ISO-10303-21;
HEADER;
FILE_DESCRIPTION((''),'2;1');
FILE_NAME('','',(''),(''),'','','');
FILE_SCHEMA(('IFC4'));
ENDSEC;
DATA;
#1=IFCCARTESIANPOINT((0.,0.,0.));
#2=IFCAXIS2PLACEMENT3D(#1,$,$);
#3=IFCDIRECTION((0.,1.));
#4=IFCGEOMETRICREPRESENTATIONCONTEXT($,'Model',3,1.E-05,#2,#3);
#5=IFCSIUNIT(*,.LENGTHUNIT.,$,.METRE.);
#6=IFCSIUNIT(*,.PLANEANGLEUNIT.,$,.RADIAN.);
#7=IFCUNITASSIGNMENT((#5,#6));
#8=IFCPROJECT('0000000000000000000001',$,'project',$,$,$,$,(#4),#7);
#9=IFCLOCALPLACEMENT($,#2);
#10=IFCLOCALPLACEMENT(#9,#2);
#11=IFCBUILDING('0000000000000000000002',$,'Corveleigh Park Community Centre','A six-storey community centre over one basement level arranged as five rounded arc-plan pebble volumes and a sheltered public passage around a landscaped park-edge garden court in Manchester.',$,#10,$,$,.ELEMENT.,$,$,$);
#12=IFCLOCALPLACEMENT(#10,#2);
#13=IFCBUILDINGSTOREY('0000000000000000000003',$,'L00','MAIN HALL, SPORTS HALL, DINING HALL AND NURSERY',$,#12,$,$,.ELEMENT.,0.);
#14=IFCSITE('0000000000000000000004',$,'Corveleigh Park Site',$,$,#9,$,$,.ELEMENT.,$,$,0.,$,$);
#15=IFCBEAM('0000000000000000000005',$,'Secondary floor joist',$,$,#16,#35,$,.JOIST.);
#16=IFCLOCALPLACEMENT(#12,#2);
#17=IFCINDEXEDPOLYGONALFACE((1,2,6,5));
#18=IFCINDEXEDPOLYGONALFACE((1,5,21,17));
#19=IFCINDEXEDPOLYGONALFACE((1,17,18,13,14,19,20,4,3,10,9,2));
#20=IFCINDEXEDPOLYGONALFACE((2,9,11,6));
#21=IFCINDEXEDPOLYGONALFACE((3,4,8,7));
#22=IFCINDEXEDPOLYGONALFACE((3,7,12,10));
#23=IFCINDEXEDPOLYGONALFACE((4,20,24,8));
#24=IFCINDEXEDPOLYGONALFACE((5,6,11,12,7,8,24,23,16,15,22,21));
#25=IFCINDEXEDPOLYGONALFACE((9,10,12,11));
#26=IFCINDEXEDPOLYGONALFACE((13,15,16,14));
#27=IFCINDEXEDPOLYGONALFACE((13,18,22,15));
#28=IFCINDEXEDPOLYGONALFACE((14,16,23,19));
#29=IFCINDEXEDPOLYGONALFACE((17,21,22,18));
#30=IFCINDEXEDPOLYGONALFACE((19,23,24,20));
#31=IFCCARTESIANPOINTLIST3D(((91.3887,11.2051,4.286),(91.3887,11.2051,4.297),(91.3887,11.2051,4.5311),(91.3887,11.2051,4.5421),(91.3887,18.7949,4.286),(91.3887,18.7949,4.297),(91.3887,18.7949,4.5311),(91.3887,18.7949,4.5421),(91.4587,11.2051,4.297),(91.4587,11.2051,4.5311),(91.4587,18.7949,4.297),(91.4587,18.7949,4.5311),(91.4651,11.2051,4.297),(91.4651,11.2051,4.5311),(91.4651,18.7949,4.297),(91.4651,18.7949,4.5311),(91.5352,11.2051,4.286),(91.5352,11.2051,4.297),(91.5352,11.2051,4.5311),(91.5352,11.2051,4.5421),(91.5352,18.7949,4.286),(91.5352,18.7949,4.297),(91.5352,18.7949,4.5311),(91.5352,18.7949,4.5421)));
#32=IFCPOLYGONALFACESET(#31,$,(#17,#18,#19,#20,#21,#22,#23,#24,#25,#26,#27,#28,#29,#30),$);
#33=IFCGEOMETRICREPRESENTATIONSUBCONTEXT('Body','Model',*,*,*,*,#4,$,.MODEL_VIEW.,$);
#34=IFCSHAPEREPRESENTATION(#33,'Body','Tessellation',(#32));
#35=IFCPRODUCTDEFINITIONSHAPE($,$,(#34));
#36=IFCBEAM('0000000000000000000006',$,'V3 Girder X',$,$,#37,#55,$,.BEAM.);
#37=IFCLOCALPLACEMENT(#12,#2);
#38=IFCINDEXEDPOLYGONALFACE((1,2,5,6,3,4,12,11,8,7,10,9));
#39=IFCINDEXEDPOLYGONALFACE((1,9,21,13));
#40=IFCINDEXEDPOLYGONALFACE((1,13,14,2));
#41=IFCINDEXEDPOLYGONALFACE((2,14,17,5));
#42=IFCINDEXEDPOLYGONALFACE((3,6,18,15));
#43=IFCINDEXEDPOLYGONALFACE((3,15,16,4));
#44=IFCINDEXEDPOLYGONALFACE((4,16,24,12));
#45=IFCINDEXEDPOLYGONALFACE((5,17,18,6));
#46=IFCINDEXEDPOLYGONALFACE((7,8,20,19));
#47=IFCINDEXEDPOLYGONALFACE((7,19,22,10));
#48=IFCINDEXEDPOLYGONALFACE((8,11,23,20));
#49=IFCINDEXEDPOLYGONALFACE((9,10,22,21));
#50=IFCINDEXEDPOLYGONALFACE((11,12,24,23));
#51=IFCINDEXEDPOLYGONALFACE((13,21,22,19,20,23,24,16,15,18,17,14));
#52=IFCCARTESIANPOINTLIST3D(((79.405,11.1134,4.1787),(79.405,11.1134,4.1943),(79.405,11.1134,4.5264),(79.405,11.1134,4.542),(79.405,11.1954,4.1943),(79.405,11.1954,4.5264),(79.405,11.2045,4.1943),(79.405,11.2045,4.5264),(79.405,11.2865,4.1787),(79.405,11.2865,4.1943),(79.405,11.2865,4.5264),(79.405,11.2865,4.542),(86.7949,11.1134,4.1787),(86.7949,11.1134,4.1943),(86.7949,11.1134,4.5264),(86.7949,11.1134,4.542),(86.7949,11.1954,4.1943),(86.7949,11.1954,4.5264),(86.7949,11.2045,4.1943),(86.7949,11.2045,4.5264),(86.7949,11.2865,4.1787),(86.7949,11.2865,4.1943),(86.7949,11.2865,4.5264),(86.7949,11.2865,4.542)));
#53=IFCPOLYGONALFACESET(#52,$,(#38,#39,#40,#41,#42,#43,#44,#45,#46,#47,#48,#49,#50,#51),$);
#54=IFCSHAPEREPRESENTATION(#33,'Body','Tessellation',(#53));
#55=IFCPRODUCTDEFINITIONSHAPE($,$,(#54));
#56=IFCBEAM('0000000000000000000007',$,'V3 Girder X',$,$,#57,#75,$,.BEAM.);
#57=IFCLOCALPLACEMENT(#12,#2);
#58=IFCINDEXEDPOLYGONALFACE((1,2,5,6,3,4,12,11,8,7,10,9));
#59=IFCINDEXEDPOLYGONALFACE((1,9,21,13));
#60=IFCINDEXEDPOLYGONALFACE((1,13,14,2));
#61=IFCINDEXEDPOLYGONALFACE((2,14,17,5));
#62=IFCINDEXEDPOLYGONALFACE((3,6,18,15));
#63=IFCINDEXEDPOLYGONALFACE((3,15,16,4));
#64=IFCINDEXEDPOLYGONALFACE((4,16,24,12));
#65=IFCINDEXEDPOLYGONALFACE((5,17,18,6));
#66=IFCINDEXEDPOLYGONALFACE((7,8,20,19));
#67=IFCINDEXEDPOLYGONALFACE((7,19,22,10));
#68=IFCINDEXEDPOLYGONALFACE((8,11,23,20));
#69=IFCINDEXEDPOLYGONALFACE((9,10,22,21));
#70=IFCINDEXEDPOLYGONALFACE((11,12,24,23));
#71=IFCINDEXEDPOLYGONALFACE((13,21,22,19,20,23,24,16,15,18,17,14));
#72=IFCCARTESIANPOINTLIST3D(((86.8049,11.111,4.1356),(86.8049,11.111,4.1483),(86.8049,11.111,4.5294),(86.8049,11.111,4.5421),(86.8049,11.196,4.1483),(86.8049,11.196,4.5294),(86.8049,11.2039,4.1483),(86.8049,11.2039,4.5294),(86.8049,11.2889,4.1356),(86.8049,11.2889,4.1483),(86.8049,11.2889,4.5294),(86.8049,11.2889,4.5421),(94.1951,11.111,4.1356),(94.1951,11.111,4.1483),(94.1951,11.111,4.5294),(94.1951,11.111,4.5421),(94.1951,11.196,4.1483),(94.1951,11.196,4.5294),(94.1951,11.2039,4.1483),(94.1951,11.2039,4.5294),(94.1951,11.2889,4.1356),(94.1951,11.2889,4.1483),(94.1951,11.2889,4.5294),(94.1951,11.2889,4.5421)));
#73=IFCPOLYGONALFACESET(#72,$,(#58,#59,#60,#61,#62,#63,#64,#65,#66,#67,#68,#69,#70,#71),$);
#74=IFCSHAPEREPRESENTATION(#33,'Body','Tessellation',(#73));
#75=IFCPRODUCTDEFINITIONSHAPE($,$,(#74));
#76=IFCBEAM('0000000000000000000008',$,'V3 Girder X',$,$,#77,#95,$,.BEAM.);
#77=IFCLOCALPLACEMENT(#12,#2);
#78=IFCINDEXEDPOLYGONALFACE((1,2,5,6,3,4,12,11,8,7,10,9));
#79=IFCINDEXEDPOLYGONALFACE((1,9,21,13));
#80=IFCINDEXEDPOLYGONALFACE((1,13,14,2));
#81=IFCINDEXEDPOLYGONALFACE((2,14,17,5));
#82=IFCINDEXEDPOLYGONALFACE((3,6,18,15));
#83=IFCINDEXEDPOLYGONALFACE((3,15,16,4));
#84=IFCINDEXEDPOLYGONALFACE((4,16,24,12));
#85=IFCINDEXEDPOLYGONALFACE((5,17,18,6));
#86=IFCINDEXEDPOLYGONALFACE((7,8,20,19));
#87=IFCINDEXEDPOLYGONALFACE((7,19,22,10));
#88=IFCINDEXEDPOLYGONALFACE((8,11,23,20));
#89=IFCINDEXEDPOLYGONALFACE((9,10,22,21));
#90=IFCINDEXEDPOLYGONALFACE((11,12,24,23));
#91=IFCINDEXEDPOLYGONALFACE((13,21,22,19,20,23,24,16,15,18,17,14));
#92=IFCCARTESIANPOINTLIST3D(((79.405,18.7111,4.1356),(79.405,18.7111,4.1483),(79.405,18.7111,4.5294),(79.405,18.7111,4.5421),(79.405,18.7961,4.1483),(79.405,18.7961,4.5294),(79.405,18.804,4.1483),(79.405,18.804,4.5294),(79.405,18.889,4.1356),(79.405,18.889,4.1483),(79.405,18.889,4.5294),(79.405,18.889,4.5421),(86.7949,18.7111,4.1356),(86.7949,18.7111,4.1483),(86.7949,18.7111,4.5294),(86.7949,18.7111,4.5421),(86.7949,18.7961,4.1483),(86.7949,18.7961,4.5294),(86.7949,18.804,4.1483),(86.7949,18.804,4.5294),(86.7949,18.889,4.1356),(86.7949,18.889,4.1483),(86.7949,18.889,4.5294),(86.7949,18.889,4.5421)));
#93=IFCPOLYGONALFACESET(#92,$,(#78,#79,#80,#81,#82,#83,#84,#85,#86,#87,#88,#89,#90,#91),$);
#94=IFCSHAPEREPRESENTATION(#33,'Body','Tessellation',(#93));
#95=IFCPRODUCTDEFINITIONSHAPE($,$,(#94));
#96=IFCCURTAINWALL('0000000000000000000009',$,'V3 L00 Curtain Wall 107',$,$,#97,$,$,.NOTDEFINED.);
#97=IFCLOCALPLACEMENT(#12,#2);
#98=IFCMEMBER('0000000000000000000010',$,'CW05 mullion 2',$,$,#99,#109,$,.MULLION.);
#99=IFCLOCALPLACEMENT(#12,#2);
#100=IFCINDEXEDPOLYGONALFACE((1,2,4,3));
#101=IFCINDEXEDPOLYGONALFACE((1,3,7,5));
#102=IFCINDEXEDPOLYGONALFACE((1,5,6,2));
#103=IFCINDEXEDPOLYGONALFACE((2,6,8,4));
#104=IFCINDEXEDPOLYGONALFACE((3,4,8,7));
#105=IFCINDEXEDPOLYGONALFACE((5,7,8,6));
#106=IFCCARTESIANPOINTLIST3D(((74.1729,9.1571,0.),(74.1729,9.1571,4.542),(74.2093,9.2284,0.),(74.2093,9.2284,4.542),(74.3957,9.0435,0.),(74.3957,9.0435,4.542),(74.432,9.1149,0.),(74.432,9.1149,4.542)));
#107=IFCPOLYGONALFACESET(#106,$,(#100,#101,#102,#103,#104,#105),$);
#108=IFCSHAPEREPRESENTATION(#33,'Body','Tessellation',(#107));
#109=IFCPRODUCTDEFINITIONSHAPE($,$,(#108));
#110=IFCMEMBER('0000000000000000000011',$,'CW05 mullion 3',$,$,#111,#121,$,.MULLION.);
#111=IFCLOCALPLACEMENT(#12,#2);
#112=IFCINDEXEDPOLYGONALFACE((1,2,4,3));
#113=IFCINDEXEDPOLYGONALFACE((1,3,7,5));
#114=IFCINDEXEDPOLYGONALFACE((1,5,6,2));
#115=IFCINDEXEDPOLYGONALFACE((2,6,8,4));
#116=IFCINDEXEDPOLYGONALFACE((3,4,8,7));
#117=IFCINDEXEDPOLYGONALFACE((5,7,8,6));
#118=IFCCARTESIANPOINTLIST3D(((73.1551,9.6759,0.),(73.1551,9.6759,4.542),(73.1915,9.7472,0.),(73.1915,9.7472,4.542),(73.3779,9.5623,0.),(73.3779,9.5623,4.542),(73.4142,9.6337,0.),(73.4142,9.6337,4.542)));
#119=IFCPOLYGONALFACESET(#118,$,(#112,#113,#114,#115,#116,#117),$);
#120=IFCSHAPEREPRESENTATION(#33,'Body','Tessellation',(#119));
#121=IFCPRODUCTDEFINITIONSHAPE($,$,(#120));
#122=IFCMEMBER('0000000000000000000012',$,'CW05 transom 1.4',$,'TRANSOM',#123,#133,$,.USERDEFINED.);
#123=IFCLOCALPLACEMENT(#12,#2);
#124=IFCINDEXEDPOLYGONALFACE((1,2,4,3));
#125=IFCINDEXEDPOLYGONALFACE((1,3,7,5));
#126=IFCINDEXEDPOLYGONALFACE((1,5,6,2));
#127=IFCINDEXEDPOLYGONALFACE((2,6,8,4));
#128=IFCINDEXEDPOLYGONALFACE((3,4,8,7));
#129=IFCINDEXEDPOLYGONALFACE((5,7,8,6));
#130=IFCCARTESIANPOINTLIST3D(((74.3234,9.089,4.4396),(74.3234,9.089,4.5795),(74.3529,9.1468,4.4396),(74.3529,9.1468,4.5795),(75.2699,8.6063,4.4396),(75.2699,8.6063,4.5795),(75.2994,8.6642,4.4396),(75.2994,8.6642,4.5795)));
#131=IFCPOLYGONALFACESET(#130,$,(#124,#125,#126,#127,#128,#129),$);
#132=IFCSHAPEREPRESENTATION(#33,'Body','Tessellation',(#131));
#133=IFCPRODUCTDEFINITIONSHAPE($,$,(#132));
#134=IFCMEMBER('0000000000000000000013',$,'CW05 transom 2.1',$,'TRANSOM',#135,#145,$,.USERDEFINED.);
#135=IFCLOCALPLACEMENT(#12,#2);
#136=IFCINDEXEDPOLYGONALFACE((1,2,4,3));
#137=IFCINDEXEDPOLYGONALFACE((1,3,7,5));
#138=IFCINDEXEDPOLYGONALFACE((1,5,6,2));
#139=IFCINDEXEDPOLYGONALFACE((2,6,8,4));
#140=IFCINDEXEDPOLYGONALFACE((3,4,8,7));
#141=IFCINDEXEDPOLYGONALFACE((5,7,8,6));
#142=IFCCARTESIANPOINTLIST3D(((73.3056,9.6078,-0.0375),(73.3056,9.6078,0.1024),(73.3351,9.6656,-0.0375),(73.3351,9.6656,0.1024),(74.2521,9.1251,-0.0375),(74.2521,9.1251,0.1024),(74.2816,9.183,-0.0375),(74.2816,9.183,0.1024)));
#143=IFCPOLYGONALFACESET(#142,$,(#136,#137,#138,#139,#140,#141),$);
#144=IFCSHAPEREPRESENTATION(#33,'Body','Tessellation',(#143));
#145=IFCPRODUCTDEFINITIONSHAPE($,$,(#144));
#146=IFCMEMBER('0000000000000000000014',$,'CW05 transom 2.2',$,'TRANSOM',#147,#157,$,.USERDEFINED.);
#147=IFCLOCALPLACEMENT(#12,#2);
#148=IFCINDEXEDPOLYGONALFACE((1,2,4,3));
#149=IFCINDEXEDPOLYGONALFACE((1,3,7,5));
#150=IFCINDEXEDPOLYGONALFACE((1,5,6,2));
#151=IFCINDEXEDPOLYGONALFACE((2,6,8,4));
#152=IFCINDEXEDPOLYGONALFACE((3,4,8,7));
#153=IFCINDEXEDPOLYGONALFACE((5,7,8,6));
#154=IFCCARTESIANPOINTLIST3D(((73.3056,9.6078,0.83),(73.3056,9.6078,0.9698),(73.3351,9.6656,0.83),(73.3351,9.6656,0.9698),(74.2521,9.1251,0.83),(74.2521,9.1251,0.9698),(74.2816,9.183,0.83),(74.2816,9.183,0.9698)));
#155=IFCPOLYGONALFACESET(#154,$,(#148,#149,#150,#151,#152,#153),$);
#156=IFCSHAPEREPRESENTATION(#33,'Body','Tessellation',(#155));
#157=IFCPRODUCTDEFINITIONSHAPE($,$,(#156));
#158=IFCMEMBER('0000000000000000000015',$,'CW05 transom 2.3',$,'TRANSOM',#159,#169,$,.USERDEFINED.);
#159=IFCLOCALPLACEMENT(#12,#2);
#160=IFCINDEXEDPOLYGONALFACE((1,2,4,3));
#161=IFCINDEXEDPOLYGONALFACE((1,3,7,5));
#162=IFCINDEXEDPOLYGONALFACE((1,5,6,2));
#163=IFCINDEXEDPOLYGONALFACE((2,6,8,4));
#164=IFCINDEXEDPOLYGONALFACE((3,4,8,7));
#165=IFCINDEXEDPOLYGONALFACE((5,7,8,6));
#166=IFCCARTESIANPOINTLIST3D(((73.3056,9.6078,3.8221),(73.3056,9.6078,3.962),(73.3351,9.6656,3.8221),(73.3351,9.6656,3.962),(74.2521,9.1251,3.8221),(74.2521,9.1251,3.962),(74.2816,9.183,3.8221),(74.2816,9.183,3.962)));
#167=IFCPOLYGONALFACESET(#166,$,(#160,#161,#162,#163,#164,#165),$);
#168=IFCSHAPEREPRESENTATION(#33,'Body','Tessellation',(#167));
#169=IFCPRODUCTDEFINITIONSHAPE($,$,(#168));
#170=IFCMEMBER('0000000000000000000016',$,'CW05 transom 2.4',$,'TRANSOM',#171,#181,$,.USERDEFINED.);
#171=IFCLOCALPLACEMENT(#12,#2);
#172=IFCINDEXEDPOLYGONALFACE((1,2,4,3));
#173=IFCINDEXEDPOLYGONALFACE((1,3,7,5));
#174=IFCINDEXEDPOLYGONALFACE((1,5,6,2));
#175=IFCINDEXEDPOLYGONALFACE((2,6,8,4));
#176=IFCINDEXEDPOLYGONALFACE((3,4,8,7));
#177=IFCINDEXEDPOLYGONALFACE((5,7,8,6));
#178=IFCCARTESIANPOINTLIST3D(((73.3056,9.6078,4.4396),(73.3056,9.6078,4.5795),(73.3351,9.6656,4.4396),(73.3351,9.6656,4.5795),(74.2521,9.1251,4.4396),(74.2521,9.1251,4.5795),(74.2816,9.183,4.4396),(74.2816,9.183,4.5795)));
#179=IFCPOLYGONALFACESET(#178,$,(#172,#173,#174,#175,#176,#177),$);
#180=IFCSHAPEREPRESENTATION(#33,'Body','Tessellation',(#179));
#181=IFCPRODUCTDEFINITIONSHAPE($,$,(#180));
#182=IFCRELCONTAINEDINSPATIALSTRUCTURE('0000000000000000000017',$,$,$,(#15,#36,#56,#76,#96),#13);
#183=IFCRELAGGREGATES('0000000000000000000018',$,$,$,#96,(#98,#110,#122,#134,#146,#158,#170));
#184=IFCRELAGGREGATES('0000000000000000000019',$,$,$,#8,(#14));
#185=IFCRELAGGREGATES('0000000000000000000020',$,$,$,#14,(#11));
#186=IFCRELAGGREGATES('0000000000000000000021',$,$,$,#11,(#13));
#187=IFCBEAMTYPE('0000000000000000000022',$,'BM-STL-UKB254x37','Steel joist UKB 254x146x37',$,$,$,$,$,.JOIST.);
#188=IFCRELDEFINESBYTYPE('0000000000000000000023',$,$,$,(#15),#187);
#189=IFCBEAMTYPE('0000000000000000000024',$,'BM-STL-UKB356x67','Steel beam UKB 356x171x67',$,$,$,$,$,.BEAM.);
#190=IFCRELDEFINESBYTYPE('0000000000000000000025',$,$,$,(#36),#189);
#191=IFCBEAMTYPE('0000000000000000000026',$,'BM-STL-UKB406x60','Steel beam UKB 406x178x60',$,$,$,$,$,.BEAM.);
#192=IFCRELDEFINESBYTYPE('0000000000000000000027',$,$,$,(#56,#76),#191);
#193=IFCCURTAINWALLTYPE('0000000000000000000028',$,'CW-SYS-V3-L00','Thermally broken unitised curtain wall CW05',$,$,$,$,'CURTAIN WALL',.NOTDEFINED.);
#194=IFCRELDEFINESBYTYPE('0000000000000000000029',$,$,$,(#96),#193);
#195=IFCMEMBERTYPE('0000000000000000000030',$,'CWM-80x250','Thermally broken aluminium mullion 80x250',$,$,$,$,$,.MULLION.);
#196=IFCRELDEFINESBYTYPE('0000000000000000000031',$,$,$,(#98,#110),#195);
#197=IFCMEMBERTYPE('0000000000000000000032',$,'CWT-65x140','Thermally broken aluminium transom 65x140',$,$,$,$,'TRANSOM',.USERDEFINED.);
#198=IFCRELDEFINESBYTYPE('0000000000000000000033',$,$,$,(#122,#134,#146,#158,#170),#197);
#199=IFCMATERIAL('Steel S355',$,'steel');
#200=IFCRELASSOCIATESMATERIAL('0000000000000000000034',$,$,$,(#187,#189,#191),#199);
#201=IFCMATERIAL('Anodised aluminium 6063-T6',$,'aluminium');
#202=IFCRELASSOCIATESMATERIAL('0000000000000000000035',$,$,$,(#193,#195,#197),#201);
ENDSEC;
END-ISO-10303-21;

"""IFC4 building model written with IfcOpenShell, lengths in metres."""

from ifc_helpers import new_model, si_unit, direction, frame, origin, origin_2d, place, context, subcontext, project, spatial, rectangle, i_section, extrude, material, material_profile, profile_set, type_object, element, aggregate, save


model = new_model("IFC4")

# Units and contexts
model_context = context("Model", 3, precision=1e-05, world=origin(), true_north=direction((0.0, 1.0)))
body_context = subcontext(model_context, "Body", "Model", "MODEL_VIEW")
ifc_project = project(units=[si_unit("LENGTHUNIT", "METRE"), si_unit("PLANEANGLEUNIT", "RADIAN")], contexts=[model_context])

# Site, building, storey
site_placement = place(None, origin())
site = spatial("IfcSite", under=ifc_project, at=site_placement, Name="Corveleigh Park Site", CompositionType="ELEMENT", RefElevation=0.0)
building_placement = place(site_placement, origin())
building = spatial("IfcBuilding", under=site, at=building_placement, Name="Corveleigh Park Community Centre", Description="A six-storey community centre over one basement level arranged as five rounded arc-plan pebble volumes and a sheltered public passage around a landscaped park-edge garden court in Manchester.", CompositionType="ELEMENT")
storey_placement = place(building_placement, origin())
storey = spatial("IfcBuildingStorey", under=building, at=storey_placement, Name="L00", Description="MAIN HALL, SPORTS HALL, DINING HALL AND NURSERY", CompositionType="ELEMENT", Elevation=0.0)

# Beams
ifc_material_1 = material(Name="Steel S355", Category="steel")
ifc_material_profile_1 = material_profile(ifc_material_1, i_section(OverallWidth=0.1465, OverallDepth=0.2561, WebThickness=0.0063, FlangeThickness=0.011, at=origin_2d()), Name="UKB 254x146x37", Category="steel")
ifc_profile_set_1 = profile_set([ifc_material_profile_1], Name="Steel S355")
beam_type_1 = type_object("IfcBeamType", Name="BM-STL-UKB254x37", Description="Steel joist UKB 254x146x37", PredefinedType="JOIST", material=ifc_profile_set_1)
for number, where, z_axis, x_axis, name in (
    (1, (91.4619, 11.2051, 4.4141), (0.0, 1.0, 0.0), (-1.0, 0.0, 0.0), "Secondary floor joist"),
):
    element("IfcBeam", number, at=place(storey_placement, frame(where, z_axis=z_axis, x_axis=x_axis)), inside=storey, type_object=beam_type_1, Name=name, PredefinedType="JOIST", context=body_context, shape_type="SweptSolid", body=[
        extrude(i_section(OverallWidth=0.1465, OverallDepth=0.2561, WebThickness=0.0063, FlangeThickness=0.011, at=origin_2d()), origin(), (0.0, 0.0, 1.0), 7.5898),
    ])
ifc_material_profile_2 = material_profile(ifc_material_1, i_section(OverallWidth=0.1731, OverallDepth=0.3633, WebThickness=0.009, FlangeThickness=0.0156, at=origin_2d()), Name="UKB 356x171x67", Category="steel")
ifc_profile_set_2 = profile_set([ifc_material_profile_2], Name="Steel S355")
beam_type_2 = type_object("IfcBeamType", Name="BM-STL-UKB356x67", Description="Steel beam UKB 356x171x67", PredefinedType="BEAM", material=ifc_profile_set_2)
beam_1_placement = place(storey_placement, frame((79.405, 11.2, 4.3604), z_axis=(1.0, 0.0, 0.0), x_axis=(0.0, 1.0, 0.0)))
element("IfcBeam", 2, at=beam_1_placement, inside=storey, type_object=beam_type_2, Name="V3 Girder X", PredefinedType="BEAM", context=body_context, shape_type="SweptSolid", body=[
    extrude(i_section(OverallWidth=0.1731, OverallDepth=0.3633, WebThickness=0.009, FlangeThickness=0.0156, at=origin_2d()), origin(), (0.0, 0.0, 1.0), 7.3899),
])
ifc_material_profile_3 = material_profile(ifc_material_1, i_section(OverallWidth=0.178, OverallDepth=0.4065, WebThickness=0.0078, FlangeThickness=0.0127, at=origin_2d()), Name="UKB 406x178x60", Category="steel")
ifc_profile_set_3 = profile_set([ifc_material_profile_3], Name="Steel S355")
beam_type_3 = type_object("IfcBeamType", Name="BM-STL-UKB406x60", Description="Steel beam UKB 406x178x60", PredefinedType="BEAM", material=ifc_profile_set_3)
beam_2_placement = place(storey_placement, frame((86.8049, 11.2, 4.3389), z_axis=(1.0, 0.0, 0.0), x_axis=(0.0, 1.0, 0.0)))
element("IfcBeam", 3, at=beam_2_placement, inside=storey, type_object=beam_type_3, Name="V3 Girder X", PredefinedType="BEAM", context=body_context, shape_type="SweptSolid", body=[
    extrude(i_section(OverallWidth=0.178, OverallDepth=0.4065, WebThickness=0.0078, FlangeThickness=0.0127, at=origin_2d()), origin(), (0.0, 0.0, 1.0), 7.3901),
])
beam_3_placement = place(storey_placement, frame((79.405, 18.8, 4.3389), z_axis=(1.0, 0.0, 0.0), x_axis=(0.0, 1.0, 0.0)))
element("IfcBeam", 4, at=beam_3_placement, inside=storey, type_object=beam_type_3, Name="V3 Girder X", PredefinedType="BEAM", context=body_context, shape_type="SweptSolid", body=[
    extrude(i_section(OverallWidth=0.178, OverallDepth=0.4065, WebThickness=0.0078, FlangeThickness=0.0127, at=origin_2d()), origin(), (0.0, 0.0, 1.0), 7.3899),
])

# Curtain wall, members
ifc_material_2 = material(Name="Anodised aluminium 6063-T6", Category="aluminium")
curtain_wall_type = type_object("IfcCurtainWallType", Name="CW-SYS-V3-L00", Description="Thermally broken unitised curtain wall CW05", ElementType="CURTAIN WALL", PredefinedType="NOTDEFINED", material=ifc_material_2)
curtain_wall_placement = place(storey_placement, origin())
curtain_wall = element("IfcCurtainWall", 5, at=curtain_wall_placement, inside=storey, type_object=curtain_wall_type, Name="V3 L00 Curtain Wall 107", PredefinedType="NOTDEFINED")
ifc_material_profile_4 = material_profile(ifc_material_2, rectangle(XDim=0.0801, YDim=0.25, at=origin_2d()), Name="ALU-M80x250", Category="aluminium")
ifc_profile_set_4 = profile_set([ifc_material_profile_4], Name="Anodised aluminium 6063-T6")
member_type_1 = type_object("IfcMemberType", Name="CWM-80x250", Description="Thermally broken aluminium mullion 80x250", PredefinedType="MULLION", material=ifc_profile_set_4)
member_1_placement = place(storey_placement, frame((74.3025, 9.136, 0.0), z_axis=(0.0, 0.0, 1.0), x_axis=(-0.454135, -0.890933, 0.0)))
member_1 = element("IfcMember", 6, at=member_1_placement, type_object=member_type_1, Name="CW05 mullion 2", PredefinedType="MULLION", context=body_context, shape_type="SweptSolid", body=[
    extrude(rectangle(XDim=0.0801, YDim=0.25, at=origin_2d()), origin(), (0.0, 0.0, 1.0), 4.542),
])
member_2_placement = place(storey_placement, frame((73.2847, 9.6548, 0.0), z_axis=(0.0, 0.0, 1.0), x_axis=(-0.454135, -0.890933, 0.0)))
member_2 = element("IfcMember", 7, at=member_2_placement, type_object=member_type_1, Name="CW05 mullion 3", PredefinedType="MULLION", context=body_context, shape_type="SweptSolid", body=[
    extrude(rectangle(XDim=0.0801, YDim=0.25, at=origin_2d()), origin(), (0.0, 0.0, 1.0), 4.542),
])
ifc_material_profile_5 = material_profile(ifc_material_2, rectangle(XDim=0.0649, YDim=0.1399, at=origin_2d()), Name="ALU-T65x140", Category="aluminium")
ifc_profile_set_5 = profile_set([ifc_material_profile_5], Name="Anodised aluminium 6063-T6")
member_type_2 = type_object("IfcMemberType", Name="CWT-65x140", Description="Thermally broken aluminium transom 65x140", ElementType="TRANSOM", PredefinedType="USERDEFINED", material=ifc_profile_set_5)
member_3_placement = place(storey_placement, frame((75.2847, 8.6353, 4.5095), z_axis=(-0.890861, 0.454277, 0.0), x_axis=(-0.454277, -0.890861, 0.0)))
member_3 = element("IfcMember", 8, at=member_3_placement, type_object=member_type_2, Name="CW05 transom 1.4", ObjectType="TRANSOM", PredefinedType="USERDEFINED", context=body_context, shape_type="SweptSolid", body=[
    extrude(rectangle(XDim=0.0649, YDim=0.1399, at=origin_2d()), origin(), (0.0, 0.0, 1.0), 1.0625),
])
member_4_placement = place(storey_placement, frame((74.2668, 9.1541, 0.0325), z_axis=(-0.890861, 0.454277, 0.0), x_axis=(-0.454277, -0.890861, 0.0)))
member_4 = element("IfcMember", 9, at=member_4_placement, type_object=member_type_2, Name="CW05 transom 2.1", ObjectType="TRANSOM", PredefinedType="USERDEFINED", context=body_context, shape_type="SweptSolid", body=[
    extrude(rectangle(XDim=0.0649, YDim=0.1399, at=origin_2d()), origin(), (0.0, 0.0, 1.0), 1.0625),
])
member_5_placement = place(storey_placement, frame((74.2668, 9.1541, 0.8999), z_axis=(-0.890861, 0.454277, 0.0), x_axis=(-0.454277, -0.890861, 0.0)))
member_5 = element("IfcMember", 10, at=member_5_placement, type_object=member_type_2, Name="CW05 transom 2.2", ObjectType="TRANSOM", PredefinedType="USERDEFINED", context=body_context, shape_type="SweptSolid", body=[
    extrude(rectangle(XDim=0.0649, YDim=0.1399, at=origin_2d()), origin(), (0.0, 0.0, 1.0), 1.0625),
])
member_6_placement = place(storey_placement, frame((74.2668, 9.1541, 3.8921), z_axis=(-0.890861, 0.454277, 0.0), x_axis=(-0.454277, -0.890861, 0.0)))
member_6 = element("IfcMember", 11, at=member_6_placement, type_object=member_type_2, Name="CW05 transom 2.3", ObjectType="TRANSOM", PredefinedType="USERDEFINED", context=body_context, shape_type="SweptSolid", body=[
    extrude(rectangle(XDim=0.0649, YDim=0.1399, at=origin_2d()), origin(), (0.0, 0.0, 1.0), 1.0625),
])
member_7_placement = place(storey_placement, frame((74.2668, 9.1541, 4.5095), z_axis=(-0.890861, 0.454277, 0.0), x_axis=(-0.454277, -0.890861, 0.0)))
member_7 = element("IfcMember", 12, at=member_7_placement, type_object=member_type_2, Name="CW05 transom 2.4", ObjectType="TRANSOM", PredefinedType="USERDEFINED", context=body_context, shape_type="SweptSolid", body=[
    extrude(rectangle(XDim=0.0649, YDim=0.1399, at=origin_2d()), origin(), (0.0, 0.0, 1.0), 1.0625),
])
aggregate(curtain_wall, [member_1, member_2, member_3, member_4, member_5, member_6, member_7])

save(model, "model.ifc")
